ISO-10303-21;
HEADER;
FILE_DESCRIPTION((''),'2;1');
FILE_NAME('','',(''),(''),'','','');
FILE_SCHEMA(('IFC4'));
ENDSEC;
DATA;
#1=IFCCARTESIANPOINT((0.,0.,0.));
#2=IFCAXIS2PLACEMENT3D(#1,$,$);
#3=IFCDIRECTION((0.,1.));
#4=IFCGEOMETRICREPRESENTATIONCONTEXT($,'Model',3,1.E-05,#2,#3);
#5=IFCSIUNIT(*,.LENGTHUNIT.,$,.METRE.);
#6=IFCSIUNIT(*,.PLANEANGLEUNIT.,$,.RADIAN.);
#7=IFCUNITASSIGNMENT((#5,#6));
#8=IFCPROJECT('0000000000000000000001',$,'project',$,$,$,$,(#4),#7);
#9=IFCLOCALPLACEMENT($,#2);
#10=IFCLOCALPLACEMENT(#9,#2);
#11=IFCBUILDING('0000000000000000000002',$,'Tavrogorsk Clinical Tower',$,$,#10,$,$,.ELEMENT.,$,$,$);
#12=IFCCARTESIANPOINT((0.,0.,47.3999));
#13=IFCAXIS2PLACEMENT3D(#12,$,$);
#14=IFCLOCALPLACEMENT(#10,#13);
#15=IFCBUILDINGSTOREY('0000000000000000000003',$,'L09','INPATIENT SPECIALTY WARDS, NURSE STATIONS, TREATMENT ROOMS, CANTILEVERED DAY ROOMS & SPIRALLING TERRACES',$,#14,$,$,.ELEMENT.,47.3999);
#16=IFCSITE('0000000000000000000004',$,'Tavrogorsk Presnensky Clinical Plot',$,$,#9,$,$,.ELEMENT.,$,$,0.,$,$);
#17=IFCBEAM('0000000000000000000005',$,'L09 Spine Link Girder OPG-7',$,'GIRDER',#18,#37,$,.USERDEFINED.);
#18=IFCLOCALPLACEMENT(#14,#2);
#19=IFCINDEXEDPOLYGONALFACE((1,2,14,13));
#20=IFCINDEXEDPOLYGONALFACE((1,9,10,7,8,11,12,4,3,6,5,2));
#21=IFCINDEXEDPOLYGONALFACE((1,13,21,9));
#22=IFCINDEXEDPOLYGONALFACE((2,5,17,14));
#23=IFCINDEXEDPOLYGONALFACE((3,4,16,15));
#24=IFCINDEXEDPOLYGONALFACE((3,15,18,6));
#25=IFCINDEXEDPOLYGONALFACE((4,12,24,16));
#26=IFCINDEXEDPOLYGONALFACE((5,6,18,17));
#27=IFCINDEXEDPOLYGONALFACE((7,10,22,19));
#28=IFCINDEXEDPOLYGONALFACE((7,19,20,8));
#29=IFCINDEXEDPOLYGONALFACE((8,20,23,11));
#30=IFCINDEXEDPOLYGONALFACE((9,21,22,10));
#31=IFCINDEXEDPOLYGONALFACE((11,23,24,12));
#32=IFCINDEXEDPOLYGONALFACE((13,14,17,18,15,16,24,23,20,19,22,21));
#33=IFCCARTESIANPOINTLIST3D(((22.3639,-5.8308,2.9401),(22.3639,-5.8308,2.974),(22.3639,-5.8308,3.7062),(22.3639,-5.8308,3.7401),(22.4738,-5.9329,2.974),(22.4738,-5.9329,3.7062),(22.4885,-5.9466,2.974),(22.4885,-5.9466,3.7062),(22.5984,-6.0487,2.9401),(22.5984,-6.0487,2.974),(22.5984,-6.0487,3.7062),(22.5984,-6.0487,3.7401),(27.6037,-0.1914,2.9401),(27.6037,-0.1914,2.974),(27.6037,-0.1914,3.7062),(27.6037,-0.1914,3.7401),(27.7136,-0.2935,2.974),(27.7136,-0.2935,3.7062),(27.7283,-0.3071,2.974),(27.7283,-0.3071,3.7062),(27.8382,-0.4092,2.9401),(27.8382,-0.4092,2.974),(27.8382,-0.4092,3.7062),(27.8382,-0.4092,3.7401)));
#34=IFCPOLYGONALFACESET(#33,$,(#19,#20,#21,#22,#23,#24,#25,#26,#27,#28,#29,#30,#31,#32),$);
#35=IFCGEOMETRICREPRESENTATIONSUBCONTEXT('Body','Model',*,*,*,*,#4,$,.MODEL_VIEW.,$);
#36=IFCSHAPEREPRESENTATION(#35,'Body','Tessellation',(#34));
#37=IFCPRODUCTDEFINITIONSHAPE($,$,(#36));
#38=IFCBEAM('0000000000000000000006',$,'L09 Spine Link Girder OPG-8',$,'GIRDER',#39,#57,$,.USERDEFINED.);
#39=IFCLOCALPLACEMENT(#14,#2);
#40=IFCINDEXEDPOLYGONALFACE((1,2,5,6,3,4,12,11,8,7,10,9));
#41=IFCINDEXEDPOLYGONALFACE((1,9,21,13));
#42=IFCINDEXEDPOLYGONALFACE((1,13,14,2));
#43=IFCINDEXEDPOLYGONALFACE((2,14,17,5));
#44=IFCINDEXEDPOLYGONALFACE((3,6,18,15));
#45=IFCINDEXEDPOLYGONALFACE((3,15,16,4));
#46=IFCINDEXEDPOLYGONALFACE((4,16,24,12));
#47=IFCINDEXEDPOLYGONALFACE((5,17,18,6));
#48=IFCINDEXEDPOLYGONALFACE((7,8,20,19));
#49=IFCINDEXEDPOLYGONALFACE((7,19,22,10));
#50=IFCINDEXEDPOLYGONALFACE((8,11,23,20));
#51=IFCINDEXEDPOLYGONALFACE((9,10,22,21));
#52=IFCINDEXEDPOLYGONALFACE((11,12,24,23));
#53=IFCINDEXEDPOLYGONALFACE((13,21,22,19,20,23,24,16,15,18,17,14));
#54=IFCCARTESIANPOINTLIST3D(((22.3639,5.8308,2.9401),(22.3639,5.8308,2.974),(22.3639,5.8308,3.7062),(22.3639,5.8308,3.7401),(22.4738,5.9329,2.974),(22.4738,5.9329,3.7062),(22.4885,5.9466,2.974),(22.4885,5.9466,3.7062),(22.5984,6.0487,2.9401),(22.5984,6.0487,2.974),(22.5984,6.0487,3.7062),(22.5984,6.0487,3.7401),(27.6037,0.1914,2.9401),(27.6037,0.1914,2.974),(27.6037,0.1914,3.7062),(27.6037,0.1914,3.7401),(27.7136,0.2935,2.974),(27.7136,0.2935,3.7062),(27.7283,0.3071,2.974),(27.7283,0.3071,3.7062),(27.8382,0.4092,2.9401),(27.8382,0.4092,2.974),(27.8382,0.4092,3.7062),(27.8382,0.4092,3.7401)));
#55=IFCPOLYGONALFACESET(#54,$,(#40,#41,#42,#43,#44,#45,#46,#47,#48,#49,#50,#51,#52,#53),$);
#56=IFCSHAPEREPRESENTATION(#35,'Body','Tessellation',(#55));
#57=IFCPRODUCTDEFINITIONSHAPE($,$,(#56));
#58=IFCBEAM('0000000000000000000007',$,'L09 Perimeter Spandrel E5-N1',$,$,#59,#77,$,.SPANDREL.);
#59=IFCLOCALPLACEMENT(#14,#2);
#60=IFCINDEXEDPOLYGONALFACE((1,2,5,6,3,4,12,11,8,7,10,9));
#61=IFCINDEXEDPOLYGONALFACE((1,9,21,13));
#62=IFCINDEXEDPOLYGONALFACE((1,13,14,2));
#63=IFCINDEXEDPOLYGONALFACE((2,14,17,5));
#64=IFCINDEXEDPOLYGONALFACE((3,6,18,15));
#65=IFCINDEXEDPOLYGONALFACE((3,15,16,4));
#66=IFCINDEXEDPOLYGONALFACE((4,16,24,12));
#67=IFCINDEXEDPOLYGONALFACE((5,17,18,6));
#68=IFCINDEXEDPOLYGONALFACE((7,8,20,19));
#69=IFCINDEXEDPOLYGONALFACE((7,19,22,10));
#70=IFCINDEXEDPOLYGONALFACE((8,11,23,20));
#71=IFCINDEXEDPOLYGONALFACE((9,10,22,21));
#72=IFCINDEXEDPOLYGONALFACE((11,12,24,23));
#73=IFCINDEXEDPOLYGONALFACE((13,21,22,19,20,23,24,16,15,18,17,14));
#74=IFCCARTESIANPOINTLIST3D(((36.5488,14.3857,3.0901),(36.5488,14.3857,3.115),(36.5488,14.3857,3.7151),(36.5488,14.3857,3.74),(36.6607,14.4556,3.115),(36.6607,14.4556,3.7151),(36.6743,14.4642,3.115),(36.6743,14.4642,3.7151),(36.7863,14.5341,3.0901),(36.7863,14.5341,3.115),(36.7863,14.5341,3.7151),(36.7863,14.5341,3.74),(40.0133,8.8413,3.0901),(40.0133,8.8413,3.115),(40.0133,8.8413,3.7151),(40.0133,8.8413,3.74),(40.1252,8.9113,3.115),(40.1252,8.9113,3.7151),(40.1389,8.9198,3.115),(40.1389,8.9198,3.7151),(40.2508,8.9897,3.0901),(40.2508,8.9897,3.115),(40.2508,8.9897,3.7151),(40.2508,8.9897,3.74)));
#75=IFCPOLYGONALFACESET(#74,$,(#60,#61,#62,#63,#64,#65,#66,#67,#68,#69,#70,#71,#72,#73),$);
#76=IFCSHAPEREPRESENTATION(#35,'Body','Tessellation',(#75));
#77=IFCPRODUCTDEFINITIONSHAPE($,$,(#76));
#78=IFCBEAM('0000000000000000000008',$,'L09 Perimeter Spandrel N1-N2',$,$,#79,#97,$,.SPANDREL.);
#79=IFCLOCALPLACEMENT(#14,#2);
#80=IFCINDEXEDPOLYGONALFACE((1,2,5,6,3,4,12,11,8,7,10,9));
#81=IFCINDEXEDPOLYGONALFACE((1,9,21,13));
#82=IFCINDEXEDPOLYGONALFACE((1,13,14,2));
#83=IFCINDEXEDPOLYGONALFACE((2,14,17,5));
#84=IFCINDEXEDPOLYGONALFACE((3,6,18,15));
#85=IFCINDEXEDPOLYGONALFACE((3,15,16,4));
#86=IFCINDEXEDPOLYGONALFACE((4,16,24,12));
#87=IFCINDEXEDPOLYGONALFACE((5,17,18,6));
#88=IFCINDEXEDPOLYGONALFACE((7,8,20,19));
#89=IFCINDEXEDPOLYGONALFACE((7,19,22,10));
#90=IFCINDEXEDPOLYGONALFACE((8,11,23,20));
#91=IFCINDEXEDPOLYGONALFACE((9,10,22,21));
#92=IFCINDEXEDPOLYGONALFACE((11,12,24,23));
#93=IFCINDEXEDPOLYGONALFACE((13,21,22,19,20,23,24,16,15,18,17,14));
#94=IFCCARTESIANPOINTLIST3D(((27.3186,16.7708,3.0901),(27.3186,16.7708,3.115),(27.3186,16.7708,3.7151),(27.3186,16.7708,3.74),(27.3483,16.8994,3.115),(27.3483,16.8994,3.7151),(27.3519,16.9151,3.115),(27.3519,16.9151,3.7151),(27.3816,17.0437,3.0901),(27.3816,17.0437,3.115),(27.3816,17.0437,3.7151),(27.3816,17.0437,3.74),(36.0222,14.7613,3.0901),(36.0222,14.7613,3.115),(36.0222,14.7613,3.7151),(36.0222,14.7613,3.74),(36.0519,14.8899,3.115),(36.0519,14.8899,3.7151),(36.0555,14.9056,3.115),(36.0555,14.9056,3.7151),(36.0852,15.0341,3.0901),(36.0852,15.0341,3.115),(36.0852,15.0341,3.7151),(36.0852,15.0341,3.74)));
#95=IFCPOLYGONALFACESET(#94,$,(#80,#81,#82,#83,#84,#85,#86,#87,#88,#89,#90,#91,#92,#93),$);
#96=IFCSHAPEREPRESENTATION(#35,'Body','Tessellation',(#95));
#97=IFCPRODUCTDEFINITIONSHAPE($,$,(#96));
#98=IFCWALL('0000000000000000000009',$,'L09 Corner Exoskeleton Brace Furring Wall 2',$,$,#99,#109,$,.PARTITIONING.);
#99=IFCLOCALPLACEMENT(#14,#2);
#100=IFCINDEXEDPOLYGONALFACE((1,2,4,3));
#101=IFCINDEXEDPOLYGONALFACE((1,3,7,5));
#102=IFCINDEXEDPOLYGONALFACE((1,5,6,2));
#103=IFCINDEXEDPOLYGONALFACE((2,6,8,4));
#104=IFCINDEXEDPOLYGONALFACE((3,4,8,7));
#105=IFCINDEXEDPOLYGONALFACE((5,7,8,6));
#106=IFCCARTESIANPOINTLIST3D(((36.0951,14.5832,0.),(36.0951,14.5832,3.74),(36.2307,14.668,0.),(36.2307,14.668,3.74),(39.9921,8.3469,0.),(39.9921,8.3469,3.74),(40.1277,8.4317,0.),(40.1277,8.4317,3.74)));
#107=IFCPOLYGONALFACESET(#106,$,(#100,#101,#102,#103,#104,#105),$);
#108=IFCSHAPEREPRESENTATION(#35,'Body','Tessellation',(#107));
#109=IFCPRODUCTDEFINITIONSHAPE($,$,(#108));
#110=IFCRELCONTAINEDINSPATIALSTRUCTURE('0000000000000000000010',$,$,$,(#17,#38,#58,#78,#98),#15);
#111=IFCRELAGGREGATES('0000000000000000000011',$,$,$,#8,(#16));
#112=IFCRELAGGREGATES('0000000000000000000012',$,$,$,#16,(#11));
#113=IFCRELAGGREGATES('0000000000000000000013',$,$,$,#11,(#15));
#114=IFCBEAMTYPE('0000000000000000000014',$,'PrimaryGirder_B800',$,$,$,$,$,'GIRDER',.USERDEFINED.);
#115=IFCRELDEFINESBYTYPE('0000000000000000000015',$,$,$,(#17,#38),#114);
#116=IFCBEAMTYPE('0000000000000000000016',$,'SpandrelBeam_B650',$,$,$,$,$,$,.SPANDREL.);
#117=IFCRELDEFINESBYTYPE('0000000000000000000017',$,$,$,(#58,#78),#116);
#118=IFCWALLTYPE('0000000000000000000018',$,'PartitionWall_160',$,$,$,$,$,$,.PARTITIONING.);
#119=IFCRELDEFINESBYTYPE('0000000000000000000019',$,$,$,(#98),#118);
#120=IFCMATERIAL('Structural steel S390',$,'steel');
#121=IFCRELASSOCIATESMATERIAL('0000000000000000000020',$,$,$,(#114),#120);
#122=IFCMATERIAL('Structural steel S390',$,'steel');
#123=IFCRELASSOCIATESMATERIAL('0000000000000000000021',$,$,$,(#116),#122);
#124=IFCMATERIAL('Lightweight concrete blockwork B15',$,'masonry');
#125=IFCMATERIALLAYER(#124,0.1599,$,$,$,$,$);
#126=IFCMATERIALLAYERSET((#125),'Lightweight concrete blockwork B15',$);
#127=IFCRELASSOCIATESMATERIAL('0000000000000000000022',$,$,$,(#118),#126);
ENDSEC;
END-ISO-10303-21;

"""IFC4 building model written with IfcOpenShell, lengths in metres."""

from ifc_helpers import new_model, si_unit, direction, frame, frame_2d, origin, origin_2d, place, context, subcontext, project, spatial, rectangle, i_section, extrude, material, layer, layer_set, material_profile, profile_set, type_object, element, save


model = new_model("IFC4")

# Units and contexts
model_context = context("Model", 3, precision=1e-05, world=origin(), true_north=direction((0.0, 1.0)))
body_context = subcontext(model_context, "Body", "Model", "MODEL_VIEW")
ifc_project = project(units=[si_unit("LENGTHUNIT", "METRE"), si_unit("PLANEANGLEUNIT", "RADIAN")], contexts=[model_context])

# Site, building, storey
site_placement = place(None, origin())
site = spatial("IfcSite", under=ifc_project, at=site_placement, Name="Tavrogorsk Presnensky Clinical Plot", CompositionType="ELEMENT", RefElevation=0.0)
building_placement = place(site_placement, origin())
building = spatial("IfcBuilding", under=site, at=building_placement, Name="Tavrogorsk Clinical Tower", CompositionType="ELEMENT")
storey_placement = place(building_placement, frame((0.0, 0.0, 47.3999)))
storey = spatial("IfcBuildingStorey", under=building, at=storey_placement, Name="L09", Description="INPATIENT SPECIALTY WARDS, NURSE STATIONS, TREATMENT ROOMS, CANTILEVERED DAY ROOMS & SPIRALLING TERRACES", CompositionType="ELEMENT", Elevation=47.3999)

# Beams
ifc_material_1 = material(Name="Structural steel S390", Category="steel")
ifc_material_profile_1 = material_profile(ifc_material_1, i_section(OverallWidth=0.3201, OverallDepth=0.8, WebThickness=0.02, FlangeThickness=0.0339, at=origin_2d()), Name="B-800x320x20x34")
ifc_profile_set_1 = profile_set([ifc_material_profile_1], Name="Structural steel S390")
beam_type_1 = type_object("IfcBeamType", Name="PrimaryGirder_B800", ElementType="GIRDER", PredefinedType="USERDEFINED", material=ifc_profile_set_1)
for number, where, z_axis, x_axis, name in (
    (1, (27.7209, -0.3003, 3.3401), (-0.680671, -0.732589, 0.0), (0.732589, -0.680671, 0.0), "L09 Spine Link Girder OPG-7"),
    (2, (27.7209, 0.3003, 3.3401), (-0.680671, 0.732589, 0.0), (-0.732589, -0.680671, 0.0), "L09 Spine Link Girder OPG-8"),
):
    element("IfcBeam", number, at=place(storey_placement, frame(where, z_axis=z_axis, x_axis=x_axis)), inside=storey, type_object=beam_type_1, Name=name, ObjectType="GIRDER", PredefinedType="USERDEFINED", context=body_context, shape_type="SweptSolid", body=[
        extrude(i_section(OverallWidth=0.3201, OverallDepth=0.8, WebThickness=0.02, FlangeThickness=0.0339, at=origin_2d()), origin(), (0.0, 0.0, 1.0), 7.698),
    ])
ifc_material_2 = material(Name="Structural steel S390", Category="steel")
ifc_material_profile_2 = material_profile(ifc_material_2, i_section(OverallWidth=0.28, OverallDepth=0.6499, WebThickness=0.0161, FlangeThickness=0.0249, at=origin_2d()), Name="B-650x280x16x25")
ifc_profile_set_2 = profile_set([ifc_material_profile_2], Name="Structural steel S390")
beam_type_2 = type_object("IfcBeamType", Name="SpandrelBeam_B650", PredefinedType="SPANDREL", material=ifc_profile_set_2)
beam_1_placement = place(storey_placement, frame((40.1321, 8.9155, 3.415), z_axis=(-0.529925, 0.848044, 0.0), x_axis=(-0.848044, -0.529925, 0.0)))
element("IfcBeam", 3, at=beam_1_placement, inside=storey, type_object=beam_type_2, Name="L09 Perimeter Spandrel E5-N1", PredefinedType="SPANDREL", context=body_context, shape_type="SweptSolid", body=[
    extrude(i_section(OverallWidth=0.28, OverallDepth=0.6499, WebThickness=0.0161, FlangeThickness=0.0249, at=origin_2d()), origin(), (0.0, 0.0, 1.0), 6.5378),
])
beam_2_placement = place(storey_placement, frame((36.0537, 14.8977, 3.415), z_axis=(-0.974367, 0.224965, 0.0), x_axis=(-0.224965, -0.974367, 0.0)))
element("IfcBeam", 4, at=beam_2_placement, inside=storey, type_object=beam_type_2, Name="L09 Perimeter Spandrel N1-N2", PredefinedType="SPANDREL", context=body_context, shape_type="SweptSolid", body=[
    extrude(i_section(OverallWidth=0.28, OverallDepth=0.6499, WebThickness=0.0161, FlangeThickness=0.0249, at=origin_2d()), origin(), (0.0, 0.0, 1.0), 8.9326),
])

# Wall
ifc_material_3 = material(Name="Lightweight concrete blockwork B15", Category="masonry")
ifc_layer_1 = layer(ifc_material_3, 0.1599)
ifc_layer_set_1 = layer_set([ifc_layer_1], Name="Lightweight concrete blockwork B15")
wall_type_1 = type_object("IfcWallType", Name="PartitionWall_160", PredefinedType="PARTITIONING", material=ifc_layer_set_1)
wall_1_placement = place(storey_placement, frame((40.0598, 8.3894, 0.0), z_axis=(0.0, 0.0, 1.0), x_axis=(-0.529927, 0.848043, 0.0)))
element("IfcWall", 5, at=wall_1_placement, inside=storey, type_object=wall_type_1, Name="L09 Corner Exoskeleton Brace Furring Wall 2", PredefinedType="PARTITIONING", context=body_context, shape_type="SweptSolid", body=[
    extrude(rectangle(XDim=7.3538, YDim=0.1599, at=frame_2d((3.6768, 0.0))), origin(), (0.0, 0.0, 1.0), 3.74),
])

save(model, "model.ifc")
